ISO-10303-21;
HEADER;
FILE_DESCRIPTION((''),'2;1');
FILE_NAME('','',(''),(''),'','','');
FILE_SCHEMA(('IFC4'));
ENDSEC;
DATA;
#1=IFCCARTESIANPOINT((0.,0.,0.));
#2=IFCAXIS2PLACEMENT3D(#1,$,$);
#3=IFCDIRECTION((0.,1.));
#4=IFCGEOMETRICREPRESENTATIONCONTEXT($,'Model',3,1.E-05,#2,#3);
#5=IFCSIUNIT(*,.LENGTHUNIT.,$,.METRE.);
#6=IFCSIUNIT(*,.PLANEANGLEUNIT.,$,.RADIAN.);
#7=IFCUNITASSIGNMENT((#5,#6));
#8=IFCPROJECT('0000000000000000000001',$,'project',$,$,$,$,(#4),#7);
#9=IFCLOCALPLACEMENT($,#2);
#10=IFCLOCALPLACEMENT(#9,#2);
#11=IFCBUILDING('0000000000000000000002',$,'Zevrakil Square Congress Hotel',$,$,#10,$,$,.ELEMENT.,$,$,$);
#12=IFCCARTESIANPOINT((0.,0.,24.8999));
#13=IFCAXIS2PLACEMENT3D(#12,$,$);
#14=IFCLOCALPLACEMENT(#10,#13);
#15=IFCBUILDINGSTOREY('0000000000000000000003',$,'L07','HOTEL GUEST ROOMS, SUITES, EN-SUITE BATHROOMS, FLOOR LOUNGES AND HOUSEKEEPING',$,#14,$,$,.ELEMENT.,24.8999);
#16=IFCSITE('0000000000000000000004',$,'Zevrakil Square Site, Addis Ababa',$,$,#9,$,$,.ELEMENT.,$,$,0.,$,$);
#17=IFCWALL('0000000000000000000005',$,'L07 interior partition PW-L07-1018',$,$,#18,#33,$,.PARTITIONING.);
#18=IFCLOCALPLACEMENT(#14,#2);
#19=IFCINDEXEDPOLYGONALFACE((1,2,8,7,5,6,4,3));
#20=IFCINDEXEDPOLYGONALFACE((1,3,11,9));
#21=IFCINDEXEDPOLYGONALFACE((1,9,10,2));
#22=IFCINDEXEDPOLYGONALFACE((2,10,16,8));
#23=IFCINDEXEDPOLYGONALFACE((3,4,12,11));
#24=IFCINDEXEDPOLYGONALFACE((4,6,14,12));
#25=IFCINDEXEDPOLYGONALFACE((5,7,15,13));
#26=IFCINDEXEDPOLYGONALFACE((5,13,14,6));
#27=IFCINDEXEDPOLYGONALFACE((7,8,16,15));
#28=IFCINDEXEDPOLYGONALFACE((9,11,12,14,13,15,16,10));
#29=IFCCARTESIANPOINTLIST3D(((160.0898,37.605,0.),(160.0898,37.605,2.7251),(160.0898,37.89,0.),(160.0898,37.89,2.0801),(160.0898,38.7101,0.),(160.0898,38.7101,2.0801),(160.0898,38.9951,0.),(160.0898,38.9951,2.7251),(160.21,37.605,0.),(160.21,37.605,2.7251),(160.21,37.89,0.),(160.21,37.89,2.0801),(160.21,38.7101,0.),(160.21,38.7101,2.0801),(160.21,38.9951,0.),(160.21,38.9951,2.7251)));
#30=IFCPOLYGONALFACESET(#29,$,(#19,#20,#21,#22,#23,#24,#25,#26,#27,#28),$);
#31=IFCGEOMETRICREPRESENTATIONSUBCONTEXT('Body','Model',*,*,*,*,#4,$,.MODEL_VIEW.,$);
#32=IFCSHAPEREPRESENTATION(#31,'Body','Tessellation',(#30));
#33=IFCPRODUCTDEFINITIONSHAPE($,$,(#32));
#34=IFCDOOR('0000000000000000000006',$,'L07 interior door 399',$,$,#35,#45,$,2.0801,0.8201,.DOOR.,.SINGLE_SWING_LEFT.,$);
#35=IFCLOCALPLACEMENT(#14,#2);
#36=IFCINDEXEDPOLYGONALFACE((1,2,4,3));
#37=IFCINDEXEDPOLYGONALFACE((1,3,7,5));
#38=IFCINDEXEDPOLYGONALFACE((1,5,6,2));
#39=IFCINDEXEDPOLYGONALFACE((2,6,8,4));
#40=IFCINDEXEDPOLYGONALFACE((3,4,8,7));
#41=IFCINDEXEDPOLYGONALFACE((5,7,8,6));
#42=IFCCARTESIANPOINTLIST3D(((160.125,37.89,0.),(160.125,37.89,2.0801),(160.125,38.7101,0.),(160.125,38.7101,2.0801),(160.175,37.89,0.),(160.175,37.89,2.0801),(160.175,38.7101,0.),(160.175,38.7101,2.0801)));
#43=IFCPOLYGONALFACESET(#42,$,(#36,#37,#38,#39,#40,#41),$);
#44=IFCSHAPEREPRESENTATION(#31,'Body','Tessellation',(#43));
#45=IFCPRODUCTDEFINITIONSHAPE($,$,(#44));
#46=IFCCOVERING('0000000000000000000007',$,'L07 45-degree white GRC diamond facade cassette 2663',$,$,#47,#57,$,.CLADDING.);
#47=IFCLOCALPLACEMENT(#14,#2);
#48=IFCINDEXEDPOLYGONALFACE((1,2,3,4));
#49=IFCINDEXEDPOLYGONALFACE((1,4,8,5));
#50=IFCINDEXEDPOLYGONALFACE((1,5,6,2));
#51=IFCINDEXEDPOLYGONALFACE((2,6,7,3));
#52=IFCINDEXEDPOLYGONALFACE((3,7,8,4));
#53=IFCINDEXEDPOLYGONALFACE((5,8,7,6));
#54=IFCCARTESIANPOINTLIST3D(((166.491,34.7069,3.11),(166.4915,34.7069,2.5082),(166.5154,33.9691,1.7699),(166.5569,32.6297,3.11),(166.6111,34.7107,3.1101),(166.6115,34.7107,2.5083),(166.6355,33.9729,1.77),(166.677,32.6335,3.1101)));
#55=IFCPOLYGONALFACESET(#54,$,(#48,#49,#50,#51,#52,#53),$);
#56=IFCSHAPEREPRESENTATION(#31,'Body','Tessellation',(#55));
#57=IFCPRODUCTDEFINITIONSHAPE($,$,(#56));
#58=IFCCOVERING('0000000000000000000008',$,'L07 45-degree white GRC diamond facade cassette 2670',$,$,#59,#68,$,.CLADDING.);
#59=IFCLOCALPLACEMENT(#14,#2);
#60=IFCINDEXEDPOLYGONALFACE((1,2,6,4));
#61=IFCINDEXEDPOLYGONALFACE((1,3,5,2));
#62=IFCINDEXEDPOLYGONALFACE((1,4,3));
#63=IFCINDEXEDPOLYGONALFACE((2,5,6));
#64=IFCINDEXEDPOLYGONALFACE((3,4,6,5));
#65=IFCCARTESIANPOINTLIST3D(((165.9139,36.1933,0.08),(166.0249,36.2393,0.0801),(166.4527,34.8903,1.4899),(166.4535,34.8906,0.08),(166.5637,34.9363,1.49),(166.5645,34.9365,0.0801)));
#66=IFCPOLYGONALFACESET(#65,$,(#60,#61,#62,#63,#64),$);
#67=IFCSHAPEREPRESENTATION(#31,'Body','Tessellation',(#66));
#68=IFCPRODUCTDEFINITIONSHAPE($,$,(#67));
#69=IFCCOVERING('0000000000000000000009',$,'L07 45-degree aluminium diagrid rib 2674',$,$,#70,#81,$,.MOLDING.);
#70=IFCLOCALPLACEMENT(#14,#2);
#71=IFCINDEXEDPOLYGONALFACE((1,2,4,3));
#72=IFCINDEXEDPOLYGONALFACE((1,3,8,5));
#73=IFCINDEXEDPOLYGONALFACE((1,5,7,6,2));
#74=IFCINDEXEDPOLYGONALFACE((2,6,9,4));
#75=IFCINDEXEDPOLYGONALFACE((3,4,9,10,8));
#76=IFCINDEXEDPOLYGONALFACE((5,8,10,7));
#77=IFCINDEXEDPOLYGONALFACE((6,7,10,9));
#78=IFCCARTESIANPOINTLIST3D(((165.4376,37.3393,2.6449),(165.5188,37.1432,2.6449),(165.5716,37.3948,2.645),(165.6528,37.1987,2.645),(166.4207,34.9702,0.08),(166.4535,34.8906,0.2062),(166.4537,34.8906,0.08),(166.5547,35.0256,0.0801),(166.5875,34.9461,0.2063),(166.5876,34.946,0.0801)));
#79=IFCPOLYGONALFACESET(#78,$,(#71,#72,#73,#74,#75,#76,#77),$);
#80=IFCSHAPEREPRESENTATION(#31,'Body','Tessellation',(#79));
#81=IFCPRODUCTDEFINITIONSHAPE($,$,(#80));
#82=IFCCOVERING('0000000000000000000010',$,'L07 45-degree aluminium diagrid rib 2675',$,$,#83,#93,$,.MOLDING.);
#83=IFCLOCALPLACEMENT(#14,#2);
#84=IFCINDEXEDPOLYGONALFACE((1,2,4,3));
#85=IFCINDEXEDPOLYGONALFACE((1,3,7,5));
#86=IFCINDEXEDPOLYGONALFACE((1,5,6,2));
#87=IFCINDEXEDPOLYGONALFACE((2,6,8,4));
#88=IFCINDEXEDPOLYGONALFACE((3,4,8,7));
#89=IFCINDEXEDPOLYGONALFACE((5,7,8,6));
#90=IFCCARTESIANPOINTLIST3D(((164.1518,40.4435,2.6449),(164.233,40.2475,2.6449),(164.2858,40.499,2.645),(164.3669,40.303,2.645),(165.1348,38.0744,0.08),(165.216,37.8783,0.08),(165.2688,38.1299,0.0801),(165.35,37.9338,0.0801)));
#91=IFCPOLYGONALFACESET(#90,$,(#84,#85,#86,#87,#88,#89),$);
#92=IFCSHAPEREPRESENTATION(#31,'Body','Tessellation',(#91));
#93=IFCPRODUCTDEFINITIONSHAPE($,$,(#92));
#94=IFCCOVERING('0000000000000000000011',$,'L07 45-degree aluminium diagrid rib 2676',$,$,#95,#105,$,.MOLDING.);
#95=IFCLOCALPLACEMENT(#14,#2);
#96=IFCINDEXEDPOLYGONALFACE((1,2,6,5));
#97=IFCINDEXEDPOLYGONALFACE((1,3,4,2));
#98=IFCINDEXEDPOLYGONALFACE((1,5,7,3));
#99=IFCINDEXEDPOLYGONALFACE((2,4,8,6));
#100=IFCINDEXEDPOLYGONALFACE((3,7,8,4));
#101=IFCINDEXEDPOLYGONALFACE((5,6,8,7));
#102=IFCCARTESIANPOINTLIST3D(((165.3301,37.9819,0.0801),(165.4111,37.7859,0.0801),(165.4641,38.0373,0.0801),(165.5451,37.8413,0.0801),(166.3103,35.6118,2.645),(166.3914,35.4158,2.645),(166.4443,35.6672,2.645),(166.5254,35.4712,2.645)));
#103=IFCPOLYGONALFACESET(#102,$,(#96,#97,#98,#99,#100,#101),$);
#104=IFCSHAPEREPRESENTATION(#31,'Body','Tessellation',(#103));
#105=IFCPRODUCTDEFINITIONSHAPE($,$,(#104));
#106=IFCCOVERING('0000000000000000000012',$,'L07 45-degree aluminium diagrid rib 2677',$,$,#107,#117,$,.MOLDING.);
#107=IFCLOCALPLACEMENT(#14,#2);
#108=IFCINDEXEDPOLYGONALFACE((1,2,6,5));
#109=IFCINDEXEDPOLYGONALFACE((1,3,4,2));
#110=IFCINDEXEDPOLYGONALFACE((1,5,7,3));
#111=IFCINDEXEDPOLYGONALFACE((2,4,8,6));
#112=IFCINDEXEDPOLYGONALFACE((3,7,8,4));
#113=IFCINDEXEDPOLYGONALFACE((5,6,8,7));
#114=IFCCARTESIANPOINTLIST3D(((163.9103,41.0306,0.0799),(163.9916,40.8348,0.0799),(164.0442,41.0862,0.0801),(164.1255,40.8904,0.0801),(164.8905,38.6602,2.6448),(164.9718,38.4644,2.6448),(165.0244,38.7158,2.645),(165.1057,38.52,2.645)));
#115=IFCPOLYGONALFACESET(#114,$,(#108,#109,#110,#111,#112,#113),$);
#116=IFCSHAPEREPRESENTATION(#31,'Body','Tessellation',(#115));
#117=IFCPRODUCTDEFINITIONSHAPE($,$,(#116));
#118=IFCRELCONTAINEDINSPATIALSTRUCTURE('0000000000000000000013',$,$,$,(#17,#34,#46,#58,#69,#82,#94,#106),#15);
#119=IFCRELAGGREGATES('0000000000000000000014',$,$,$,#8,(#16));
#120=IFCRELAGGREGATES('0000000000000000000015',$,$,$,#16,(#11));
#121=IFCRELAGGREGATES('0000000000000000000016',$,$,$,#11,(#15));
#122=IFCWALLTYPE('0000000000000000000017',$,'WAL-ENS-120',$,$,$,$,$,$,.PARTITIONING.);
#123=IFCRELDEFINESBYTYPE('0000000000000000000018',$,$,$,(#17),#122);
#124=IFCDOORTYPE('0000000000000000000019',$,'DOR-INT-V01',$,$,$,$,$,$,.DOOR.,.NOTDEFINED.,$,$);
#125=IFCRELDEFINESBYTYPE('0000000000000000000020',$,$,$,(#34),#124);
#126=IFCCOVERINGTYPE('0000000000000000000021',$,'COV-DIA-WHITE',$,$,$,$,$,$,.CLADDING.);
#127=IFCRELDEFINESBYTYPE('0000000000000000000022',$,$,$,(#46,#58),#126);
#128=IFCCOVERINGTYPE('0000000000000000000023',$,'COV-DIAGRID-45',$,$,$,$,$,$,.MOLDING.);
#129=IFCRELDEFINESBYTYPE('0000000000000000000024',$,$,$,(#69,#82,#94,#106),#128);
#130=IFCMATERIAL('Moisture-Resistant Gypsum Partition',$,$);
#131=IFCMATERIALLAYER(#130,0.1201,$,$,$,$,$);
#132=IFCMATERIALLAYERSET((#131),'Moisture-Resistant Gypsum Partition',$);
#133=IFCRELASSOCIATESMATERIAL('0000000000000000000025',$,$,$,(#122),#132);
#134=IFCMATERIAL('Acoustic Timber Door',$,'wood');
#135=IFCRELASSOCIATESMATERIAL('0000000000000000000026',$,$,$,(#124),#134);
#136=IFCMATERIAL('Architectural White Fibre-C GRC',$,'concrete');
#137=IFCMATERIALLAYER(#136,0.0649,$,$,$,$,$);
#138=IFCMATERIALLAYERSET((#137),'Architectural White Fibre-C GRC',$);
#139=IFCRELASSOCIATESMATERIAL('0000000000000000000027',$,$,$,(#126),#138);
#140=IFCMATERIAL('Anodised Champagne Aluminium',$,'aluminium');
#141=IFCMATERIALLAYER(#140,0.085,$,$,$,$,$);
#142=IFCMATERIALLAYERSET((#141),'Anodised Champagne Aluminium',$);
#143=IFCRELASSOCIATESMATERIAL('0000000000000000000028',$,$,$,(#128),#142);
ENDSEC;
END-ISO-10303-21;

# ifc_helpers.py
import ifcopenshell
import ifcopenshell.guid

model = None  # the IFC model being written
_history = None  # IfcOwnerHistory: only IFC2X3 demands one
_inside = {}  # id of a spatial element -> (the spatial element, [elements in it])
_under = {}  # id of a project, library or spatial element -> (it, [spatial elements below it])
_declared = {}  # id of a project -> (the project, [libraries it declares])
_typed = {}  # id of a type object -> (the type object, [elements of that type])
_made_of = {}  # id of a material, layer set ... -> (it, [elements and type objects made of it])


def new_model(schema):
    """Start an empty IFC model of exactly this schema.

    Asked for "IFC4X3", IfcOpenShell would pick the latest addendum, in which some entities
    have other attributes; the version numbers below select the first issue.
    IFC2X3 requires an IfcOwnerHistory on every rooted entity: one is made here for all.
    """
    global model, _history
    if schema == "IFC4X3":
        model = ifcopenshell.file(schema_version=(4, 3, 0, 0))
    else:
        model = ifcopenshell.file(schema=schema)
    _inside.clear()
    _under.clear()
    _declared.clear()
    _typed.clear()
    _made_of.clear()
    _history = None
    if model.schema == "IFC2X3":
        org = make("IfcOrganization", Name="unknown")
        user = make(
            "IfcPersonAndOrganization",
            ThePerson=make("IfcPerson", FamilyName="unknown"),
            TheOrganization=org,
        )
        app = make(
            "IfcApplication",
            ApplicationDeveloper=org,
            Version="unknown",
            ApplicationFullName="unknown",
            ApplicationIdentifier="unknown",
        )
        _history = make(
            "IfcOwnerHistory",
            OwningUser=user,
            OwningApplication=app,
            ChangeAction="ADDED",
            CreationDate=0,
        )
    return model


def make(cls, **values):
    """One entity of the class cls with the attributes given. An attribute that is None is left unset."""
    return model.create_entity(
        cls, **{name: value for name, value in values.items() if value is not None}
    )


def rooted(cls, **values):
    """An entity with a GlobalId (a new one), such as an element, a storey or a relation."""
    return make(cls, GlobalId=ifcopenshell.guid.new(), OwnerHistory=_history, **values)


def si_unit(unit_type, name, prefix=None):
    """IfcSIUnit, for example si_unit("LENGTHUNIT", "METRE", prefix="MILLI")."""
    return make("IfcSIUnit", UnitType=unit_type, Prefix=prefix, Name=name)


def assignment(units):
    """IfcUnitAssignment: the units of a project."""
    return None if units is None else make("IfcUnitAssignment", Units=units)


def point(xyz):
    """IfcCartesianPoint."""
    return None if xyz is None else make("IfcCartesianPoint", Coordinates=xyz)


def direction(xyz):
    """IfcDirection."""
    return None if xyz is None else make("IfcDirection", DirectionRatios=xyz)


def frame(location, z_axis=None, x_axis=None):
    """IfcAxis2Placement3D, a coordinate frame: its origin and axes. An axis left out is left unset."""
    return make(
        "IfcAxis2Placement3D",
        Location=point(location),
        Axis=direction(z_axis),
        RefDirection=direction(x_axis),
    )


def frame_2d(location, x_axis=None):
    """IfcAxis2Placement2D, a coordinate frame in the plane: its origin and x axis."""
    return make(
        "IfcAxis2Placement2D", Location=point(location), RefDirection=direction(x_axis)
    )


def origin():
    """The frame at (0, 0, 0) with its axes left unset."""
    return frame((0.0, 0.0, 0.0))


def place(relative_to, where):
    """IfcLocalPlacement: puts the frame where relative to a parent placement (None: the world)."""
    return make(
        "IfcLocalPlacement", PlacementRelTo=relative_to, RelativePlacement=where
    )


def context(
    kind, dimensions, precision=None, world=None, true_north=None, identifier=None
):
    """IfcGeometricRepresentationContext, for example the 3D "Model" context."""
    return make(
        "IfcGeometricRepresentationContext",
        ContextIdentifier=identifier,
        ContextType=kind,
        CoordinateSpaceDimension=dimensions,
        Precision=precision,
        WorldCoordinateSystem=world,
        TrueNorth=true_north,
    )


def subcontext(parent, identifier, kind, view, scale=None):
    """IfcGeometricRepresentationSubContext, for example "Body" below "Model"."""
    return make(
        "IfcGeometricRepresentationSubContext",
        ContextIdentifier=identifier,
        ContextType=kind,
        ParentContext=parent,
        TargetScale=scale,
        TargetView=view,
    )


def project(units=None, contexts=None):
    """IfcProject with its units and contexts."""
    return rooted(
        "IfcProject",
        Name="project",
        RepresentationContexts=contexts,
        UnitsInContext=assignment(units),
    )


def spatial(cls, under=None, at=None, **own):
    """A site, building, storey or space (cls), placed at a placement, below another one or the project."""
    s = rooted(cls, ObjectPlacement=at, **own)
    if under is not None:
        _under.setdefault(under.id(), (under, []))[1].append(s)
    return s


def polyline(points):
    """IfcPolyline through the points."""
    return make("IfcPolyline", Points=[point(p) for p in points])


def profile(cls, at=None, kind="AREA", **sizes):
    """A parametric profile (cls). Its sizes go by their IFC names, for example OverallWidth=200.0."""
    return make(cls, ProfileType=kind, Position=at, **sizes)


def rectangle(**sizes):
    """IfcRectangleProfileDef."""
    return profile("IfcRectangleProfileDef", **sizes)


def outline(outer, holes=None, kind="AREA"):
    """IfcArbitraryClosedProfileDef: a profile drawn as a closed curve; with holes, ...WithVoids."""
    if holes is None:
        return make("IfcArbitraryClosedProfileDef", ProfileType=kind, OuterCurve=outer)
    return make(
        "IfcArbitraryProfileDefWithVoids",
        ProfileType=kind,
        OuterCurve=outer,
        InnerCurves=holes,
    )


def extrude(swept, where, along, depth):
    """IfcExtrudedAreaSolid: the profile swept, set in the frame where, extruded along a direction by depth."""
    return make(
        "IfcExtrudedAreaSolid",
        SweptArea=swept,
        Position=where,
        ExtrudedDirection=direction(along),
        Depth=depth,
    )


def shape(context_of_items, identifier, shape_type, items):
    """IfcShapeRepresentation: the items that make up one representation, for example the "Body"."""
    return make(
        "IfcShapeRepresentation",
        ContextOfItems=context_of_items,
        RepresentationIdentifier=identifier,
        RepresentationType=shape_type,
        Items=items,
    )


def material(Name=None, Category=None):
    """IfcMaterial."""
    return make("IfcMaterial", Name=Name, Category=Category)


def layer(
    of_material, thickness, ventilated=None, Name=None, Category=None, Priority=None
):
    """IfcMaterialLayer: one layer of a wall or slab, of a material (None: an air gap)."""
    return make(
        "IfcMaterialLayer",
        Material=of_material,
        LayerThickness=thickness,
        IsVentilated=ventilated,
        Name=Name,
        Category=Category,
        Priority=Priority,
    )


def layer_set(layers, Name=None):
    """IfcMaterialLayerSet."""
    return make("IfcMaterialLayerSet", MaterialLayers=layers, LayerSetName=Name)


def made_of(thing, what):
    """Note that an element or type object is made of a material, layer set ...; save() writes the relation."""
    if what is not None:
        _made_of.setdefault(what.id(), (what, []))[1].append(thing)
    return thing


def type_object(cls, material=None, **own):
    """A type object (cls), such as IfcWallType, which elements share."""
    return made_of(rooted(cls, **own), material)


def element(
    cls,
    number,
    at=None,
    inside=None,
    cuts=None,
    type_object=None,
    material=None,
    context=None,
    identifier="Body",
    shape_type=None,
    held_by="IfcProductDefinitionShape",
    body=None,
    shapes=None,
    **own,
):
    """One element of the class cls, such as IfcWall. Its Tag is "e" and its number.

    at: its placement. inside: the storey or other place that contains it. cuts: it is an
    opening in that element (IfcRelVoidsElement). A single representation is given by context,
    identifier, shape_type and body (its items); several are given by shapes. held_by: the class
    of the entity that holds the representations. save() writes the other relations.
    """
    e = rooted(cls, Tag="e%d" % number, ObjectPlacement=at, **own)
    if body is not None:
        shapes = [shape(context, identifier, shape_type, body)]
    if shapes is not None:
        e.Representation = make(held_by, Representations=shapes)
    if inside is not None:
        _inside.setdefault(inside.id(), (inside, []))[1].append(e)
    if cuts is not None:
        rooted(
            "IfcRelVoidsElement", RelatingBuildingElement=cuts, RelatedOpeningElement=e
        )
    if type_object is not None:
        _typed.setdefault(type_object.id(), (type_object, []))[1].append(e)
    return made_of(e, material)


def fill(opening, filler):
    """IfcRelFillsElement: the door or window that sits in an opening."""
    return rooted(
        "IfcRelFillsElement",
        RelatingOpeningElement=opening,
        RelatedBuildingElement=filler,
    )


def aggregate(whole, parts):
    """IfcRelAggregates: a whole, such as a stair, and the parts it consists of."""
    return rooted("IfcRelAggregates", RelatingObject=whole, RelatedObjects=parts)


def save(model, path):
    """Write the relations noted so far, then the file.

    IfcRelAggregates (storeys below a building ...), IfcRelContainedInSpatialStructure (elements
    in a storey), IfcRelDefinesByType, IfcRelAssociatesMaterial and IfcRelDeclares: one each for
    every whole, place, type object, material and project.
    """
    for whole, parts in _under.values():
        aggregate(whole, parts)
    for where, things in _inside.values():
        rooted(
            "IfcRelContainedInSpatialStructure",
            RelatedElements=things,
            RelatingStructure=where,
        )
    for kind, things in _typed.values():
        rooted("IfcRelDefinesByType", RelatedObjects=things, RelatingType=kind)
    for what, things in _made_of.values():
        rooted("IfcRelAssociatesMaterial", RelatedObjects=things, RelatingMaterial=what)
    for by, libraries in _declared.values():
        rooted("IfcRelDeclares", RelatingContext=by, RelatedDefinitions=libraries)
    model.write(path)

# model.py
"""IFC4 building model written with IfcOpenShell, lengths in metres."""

from ifc_helpers import new_model, si_unit, direction, frame, frame_2d, origin, place, context, subcontext, project, spatial, polyline, rectangle, outline, extrude, material, layer, layer_set, type_object, element, fill, save


model = new_model("IFC4")

# Units and contexts
model_context = context("Model", 3, precision=1e-05, world=origin(), true_north=direction((0.0, 1.0)))
body_context = subcontext(model_context, "Body", "Model", "MODEL_VIEW")
ifc_project = project(units=[si_unit("LENGTHUNIT", "METRE"), si_unit("PLANEANGLEUNIT", "RADIAN")], contexts=[model_context])

# Site, building, storey
site_placement = place(None, origin())
site = spatial("IfcSite", under=ifc_project, at=site_placement, Name="Zevrakil Square Site, Addis Ababa", CompositionType="ELEMENT", RefElevation=0.0)
building_placement = place(site_placement, origin())
building = spatial("IfcBuilding", under=site, at=building_placement, Name="Zevrakil Square Congress Hotel", CompositionType="ELEMENT")
storey_placement = place(building_placement, frame((0.0, 0.0, 24.8999)))
storey = spatial("IfcBuildingStorey", under=building, at=storey_placement, Name="L07", Description="HOTEL GUEST ROOMS, SUITES, EN-SUITE BATHROOMS, FLOOR LOUNGES AND HOUSEKEEPING", CompositionType="ELEMENT", Elevation=24.8999)

# Wall, opening, door
ifc_material_1 = material(Name="Moisture-Resistant Gypsum Partition")
ifc_layer_1 = layer(ifc_material_1, 0.1201)
ifc_layer_set_1 = layer_set([ifc_layer_1], Name="Moisture-Resistant Gypsum Partition")
wall_type = type_object("IfcWallType", Name="WAL-ENS-120", PredefinedType="PARTITIONING", material=ifc_layer_set_1)
wall_placement = place(storey_placement, frame((160.1499, 37.605, 0.0), z_axis=(0.0, 0.0, 1.0), x_axis=(0.0, 1.0, 0.0)))
wall = element("IfcWall", 1, at=wall_placement, inside=storey, type_object=wall_type, Name="L07 interior partition PW-L07-1018", PredefinedType="PARTITIONING", context=body_context, shape_type="SweptSolid", body=[
    extrude(rectangle(XDim=1.3901, YDim=0.1201, at=frame_2d((0.6951, 0.0))), origin(), (0.0, 0.0, 1.0), 2.7251),
])
opening_placement = place(wall_placement, frame((0.2849, 0.0, 0.0)))
opening = element("IfcOpeningElement", 2, at=opening_placement, cuts=wall, PredefinedType="OPENING", context=body_context, shape_type="SweptSolid", body=[
    extrude(rectangle(XDim=0.8201, YDim=2.0801, at=frame_2d((0.4102, 1.04))), frame((0.0, 0.0701, 0.0), z_axis=(0.0, -1.0, 0.0), x_axis=(1.0, 0.0, 0.0)), (0.0, 0.0, 1.0), 0.1401),
])
ifc_material_2 = material(Name="Acoustic Timber Door", Category="wood")
door_type = type_object("IfcDoorType", Name="DOR-INT-V01", OperationType="NOTDEFINED", PredefinedType="DOOR", material=ifc_material_2)
door_placement = place(opening_placement, origin())
door = element("IfcDoor", 3, at=door_placement, inside=storey, type_object=door_type, Name="L07 interior door 399", OperationType="SINGLE_SWING_LEFT", OverallHeight=2.0801, OverallWidth=0.8201, PredefinedType="DOOR", context=body_context, shape_type="SweptSolid", body=[
    extrude(rectangle(XDim=0.8201, YDim=2.0801, at=frame_2d((0.4102, 1.04))), frame((0.0, 0.0249, 0.0), z_axis=(0.0, -1.0, 0.0), x_axis=(1.0, 0.0, 0.0)), (0.0, 0.0, 1.0), 0.05),
])
fill(opening, door)

# Coverings
ifc_material_3 = material(Name="Architectural White Fibre-C GRC", Category="concrete")
ifc_layer_2 = layer(ifc_material_3, 0.0649)
ifc_layer_set_2 = layer_set([ifc_layer_2], Name="Architectural White Fibre-C GRC")
covering_type_1 = type_object("IfcCoveringType", Name="COV-DIA-WHITE", PredefinedType="CLADDING", material=ifc_layer_set_2)
covering_1_placement = place(storey_placement, frame((166.6355, 33.9729, 1.77), z_axis=(0.999497, 0.031703, 0.000755), x_axis=(0.021883, -0.706744, 0.70713)))
element("IfcCovering", 4, at=covering_1_placement, inside=storey, type_object=covering_type_1, Name="L07 45-degree white GRC diamond facade cassette 2663", PredefinedType="CLADDING", context=body_context, shape_type="SweptSolid", body=[
    extrude(outline(polyline([(0.0, 0.0), (1.8951, 0.0), (0.4257, -1.4696), (0.0001, -1.044), (0.0, 0.0)])), origin(), (0.0, 0.0, -1.0), 0.1201),
])
covering_2_placement = place(storey_placement, frame((166.0249, 36.2393, 0.0801), z_axis=(0.923894, 0.382647, 0.000546), x_axis=(0.382647, -0.923894, 0.0)))
element("IfcCovering", 5, at=covering_2_placement, inside=storey, type_object=covering_type_1, Name="L07 45-degree white GRC diamond facade cassette 2670", PredefinedType="CLADDING", context=body_context, shape_type="SweptSolid", body=[
    extrude(outline(polyline([(0.0, 0.0), (1.41, 0.0), (1.41, -1.4099), (0.0, 0.0)])), origin(), (0.0, 0.0, -1.0), 0.1201),
])
ifc_material_4 = material(Name="Anodised Champagne Aluminium", Category="aluminium")
ifc_layer_3 = layer(ifc_material_4, 0.085)
ifc_layer_set_3 = layer_set([ifc_layer_3], Name="Anodised Champagne Aluminium")
covering_type_2 = type_object("IfcCoveringType", Name="COV-DIAGRID-45", PredefinedType="MOLDING", material=ifc_layer_set_3)
covering_3_placement = place(storey_placement, frame((166.5547, 35.0256, 0.0801), z_axis=(0.923941, 0.382534, 0.000782), x_axis=(0.382534, -0.923941, 0.0)))
element("IfcCovering", 6, at=covering_3_placement, inside=storey, type_object=covering_type_2, Name="L07 45-degree aluminium diagrid rib 2674", PredefinedType="MOLDING", context=body_context, shape_type="SweptSolid", body=[
    extrude(outline(polyline([(0.0, 0.0), (0.0861, 0.0), (0.0861, -0.1262), (-2.3528, -2.5649), (-2.565, -2.5649), (0.0, 0.0)])), origin(), (0.0, 0.0, -1.0), 0.145),
])
covering_4_placement = place(storey_placement, frame((165.2688, 38.1299, 0.0801), z_axis=(0.923925, 0.382572, 0.000734), x_axis=(0.382572, -0.923926, 0.0)))
element("IfcCovering", 7, at=covering_4_placement, inside=storey, type_object=covering_type_2, Name="L07 45-degree aluminium diagrid rib 2675", PredefinedType="MOLDING", context=body_context, shape_type="SweptSolid", body=[
    extrude(outline(polyline([(0.0, 0.0), (0.2122, 0.0), (-2.3528, -2.5649), (-2.5649, -2.5649), (0.0, 0.0)])), origin(), (0.0, 0.0, -1.0), 0.145),
])
covering_5_placement = place(storey_placement, frame((166.3914, 35.4158, 2.645), z_axis=(-0.924129, -0.382081, 0.000108), x_axis=(-0.382081, 0.924129, 0.0)))
element("IfcCovering", 8, at=covering_5_placement, inside=storey, type_object=covering_type_2, Name="L07 45-degree aluminium diagrid rib 2676", PredefinedType="MOLDING", context=body_context, shape_type="SweptSolid", body=[
    extrude(outline(polyline([(0.0, 0.0), (0.2121, 0.0), (2.777, 2.5649), (2.5648, 2.5649), (0.0, 0.0)])), origin(), (0.0, 0.0, -1.0), 0.145),
])
covering_6_placement = place(storey_placement, frame((165.1057, 38.52, 2.645), z_axis=(0.923552, 0.38347, 0.001432), x_axis=(-0.38347, 0.923553, 0.0)))
element("IfcCovering", 9, at=covering_6_placement, inside=storey, type_object=covering_type_2, Name="L07 45-degree aluminium diagrid rib 2677", PredefinedType="MOLDING", context=body_context, shape_type="SweptSolid", body=[
    extrude(outline(polyline([(0.0, 0.0), (0.212, 0.0), (2.777, -2.5649), (2.565, -2.5649), (0.0, 0.0)])), origin(), (0.0, 0.0, -1.0), 0.145),
])

save(model, "model.ifc")
